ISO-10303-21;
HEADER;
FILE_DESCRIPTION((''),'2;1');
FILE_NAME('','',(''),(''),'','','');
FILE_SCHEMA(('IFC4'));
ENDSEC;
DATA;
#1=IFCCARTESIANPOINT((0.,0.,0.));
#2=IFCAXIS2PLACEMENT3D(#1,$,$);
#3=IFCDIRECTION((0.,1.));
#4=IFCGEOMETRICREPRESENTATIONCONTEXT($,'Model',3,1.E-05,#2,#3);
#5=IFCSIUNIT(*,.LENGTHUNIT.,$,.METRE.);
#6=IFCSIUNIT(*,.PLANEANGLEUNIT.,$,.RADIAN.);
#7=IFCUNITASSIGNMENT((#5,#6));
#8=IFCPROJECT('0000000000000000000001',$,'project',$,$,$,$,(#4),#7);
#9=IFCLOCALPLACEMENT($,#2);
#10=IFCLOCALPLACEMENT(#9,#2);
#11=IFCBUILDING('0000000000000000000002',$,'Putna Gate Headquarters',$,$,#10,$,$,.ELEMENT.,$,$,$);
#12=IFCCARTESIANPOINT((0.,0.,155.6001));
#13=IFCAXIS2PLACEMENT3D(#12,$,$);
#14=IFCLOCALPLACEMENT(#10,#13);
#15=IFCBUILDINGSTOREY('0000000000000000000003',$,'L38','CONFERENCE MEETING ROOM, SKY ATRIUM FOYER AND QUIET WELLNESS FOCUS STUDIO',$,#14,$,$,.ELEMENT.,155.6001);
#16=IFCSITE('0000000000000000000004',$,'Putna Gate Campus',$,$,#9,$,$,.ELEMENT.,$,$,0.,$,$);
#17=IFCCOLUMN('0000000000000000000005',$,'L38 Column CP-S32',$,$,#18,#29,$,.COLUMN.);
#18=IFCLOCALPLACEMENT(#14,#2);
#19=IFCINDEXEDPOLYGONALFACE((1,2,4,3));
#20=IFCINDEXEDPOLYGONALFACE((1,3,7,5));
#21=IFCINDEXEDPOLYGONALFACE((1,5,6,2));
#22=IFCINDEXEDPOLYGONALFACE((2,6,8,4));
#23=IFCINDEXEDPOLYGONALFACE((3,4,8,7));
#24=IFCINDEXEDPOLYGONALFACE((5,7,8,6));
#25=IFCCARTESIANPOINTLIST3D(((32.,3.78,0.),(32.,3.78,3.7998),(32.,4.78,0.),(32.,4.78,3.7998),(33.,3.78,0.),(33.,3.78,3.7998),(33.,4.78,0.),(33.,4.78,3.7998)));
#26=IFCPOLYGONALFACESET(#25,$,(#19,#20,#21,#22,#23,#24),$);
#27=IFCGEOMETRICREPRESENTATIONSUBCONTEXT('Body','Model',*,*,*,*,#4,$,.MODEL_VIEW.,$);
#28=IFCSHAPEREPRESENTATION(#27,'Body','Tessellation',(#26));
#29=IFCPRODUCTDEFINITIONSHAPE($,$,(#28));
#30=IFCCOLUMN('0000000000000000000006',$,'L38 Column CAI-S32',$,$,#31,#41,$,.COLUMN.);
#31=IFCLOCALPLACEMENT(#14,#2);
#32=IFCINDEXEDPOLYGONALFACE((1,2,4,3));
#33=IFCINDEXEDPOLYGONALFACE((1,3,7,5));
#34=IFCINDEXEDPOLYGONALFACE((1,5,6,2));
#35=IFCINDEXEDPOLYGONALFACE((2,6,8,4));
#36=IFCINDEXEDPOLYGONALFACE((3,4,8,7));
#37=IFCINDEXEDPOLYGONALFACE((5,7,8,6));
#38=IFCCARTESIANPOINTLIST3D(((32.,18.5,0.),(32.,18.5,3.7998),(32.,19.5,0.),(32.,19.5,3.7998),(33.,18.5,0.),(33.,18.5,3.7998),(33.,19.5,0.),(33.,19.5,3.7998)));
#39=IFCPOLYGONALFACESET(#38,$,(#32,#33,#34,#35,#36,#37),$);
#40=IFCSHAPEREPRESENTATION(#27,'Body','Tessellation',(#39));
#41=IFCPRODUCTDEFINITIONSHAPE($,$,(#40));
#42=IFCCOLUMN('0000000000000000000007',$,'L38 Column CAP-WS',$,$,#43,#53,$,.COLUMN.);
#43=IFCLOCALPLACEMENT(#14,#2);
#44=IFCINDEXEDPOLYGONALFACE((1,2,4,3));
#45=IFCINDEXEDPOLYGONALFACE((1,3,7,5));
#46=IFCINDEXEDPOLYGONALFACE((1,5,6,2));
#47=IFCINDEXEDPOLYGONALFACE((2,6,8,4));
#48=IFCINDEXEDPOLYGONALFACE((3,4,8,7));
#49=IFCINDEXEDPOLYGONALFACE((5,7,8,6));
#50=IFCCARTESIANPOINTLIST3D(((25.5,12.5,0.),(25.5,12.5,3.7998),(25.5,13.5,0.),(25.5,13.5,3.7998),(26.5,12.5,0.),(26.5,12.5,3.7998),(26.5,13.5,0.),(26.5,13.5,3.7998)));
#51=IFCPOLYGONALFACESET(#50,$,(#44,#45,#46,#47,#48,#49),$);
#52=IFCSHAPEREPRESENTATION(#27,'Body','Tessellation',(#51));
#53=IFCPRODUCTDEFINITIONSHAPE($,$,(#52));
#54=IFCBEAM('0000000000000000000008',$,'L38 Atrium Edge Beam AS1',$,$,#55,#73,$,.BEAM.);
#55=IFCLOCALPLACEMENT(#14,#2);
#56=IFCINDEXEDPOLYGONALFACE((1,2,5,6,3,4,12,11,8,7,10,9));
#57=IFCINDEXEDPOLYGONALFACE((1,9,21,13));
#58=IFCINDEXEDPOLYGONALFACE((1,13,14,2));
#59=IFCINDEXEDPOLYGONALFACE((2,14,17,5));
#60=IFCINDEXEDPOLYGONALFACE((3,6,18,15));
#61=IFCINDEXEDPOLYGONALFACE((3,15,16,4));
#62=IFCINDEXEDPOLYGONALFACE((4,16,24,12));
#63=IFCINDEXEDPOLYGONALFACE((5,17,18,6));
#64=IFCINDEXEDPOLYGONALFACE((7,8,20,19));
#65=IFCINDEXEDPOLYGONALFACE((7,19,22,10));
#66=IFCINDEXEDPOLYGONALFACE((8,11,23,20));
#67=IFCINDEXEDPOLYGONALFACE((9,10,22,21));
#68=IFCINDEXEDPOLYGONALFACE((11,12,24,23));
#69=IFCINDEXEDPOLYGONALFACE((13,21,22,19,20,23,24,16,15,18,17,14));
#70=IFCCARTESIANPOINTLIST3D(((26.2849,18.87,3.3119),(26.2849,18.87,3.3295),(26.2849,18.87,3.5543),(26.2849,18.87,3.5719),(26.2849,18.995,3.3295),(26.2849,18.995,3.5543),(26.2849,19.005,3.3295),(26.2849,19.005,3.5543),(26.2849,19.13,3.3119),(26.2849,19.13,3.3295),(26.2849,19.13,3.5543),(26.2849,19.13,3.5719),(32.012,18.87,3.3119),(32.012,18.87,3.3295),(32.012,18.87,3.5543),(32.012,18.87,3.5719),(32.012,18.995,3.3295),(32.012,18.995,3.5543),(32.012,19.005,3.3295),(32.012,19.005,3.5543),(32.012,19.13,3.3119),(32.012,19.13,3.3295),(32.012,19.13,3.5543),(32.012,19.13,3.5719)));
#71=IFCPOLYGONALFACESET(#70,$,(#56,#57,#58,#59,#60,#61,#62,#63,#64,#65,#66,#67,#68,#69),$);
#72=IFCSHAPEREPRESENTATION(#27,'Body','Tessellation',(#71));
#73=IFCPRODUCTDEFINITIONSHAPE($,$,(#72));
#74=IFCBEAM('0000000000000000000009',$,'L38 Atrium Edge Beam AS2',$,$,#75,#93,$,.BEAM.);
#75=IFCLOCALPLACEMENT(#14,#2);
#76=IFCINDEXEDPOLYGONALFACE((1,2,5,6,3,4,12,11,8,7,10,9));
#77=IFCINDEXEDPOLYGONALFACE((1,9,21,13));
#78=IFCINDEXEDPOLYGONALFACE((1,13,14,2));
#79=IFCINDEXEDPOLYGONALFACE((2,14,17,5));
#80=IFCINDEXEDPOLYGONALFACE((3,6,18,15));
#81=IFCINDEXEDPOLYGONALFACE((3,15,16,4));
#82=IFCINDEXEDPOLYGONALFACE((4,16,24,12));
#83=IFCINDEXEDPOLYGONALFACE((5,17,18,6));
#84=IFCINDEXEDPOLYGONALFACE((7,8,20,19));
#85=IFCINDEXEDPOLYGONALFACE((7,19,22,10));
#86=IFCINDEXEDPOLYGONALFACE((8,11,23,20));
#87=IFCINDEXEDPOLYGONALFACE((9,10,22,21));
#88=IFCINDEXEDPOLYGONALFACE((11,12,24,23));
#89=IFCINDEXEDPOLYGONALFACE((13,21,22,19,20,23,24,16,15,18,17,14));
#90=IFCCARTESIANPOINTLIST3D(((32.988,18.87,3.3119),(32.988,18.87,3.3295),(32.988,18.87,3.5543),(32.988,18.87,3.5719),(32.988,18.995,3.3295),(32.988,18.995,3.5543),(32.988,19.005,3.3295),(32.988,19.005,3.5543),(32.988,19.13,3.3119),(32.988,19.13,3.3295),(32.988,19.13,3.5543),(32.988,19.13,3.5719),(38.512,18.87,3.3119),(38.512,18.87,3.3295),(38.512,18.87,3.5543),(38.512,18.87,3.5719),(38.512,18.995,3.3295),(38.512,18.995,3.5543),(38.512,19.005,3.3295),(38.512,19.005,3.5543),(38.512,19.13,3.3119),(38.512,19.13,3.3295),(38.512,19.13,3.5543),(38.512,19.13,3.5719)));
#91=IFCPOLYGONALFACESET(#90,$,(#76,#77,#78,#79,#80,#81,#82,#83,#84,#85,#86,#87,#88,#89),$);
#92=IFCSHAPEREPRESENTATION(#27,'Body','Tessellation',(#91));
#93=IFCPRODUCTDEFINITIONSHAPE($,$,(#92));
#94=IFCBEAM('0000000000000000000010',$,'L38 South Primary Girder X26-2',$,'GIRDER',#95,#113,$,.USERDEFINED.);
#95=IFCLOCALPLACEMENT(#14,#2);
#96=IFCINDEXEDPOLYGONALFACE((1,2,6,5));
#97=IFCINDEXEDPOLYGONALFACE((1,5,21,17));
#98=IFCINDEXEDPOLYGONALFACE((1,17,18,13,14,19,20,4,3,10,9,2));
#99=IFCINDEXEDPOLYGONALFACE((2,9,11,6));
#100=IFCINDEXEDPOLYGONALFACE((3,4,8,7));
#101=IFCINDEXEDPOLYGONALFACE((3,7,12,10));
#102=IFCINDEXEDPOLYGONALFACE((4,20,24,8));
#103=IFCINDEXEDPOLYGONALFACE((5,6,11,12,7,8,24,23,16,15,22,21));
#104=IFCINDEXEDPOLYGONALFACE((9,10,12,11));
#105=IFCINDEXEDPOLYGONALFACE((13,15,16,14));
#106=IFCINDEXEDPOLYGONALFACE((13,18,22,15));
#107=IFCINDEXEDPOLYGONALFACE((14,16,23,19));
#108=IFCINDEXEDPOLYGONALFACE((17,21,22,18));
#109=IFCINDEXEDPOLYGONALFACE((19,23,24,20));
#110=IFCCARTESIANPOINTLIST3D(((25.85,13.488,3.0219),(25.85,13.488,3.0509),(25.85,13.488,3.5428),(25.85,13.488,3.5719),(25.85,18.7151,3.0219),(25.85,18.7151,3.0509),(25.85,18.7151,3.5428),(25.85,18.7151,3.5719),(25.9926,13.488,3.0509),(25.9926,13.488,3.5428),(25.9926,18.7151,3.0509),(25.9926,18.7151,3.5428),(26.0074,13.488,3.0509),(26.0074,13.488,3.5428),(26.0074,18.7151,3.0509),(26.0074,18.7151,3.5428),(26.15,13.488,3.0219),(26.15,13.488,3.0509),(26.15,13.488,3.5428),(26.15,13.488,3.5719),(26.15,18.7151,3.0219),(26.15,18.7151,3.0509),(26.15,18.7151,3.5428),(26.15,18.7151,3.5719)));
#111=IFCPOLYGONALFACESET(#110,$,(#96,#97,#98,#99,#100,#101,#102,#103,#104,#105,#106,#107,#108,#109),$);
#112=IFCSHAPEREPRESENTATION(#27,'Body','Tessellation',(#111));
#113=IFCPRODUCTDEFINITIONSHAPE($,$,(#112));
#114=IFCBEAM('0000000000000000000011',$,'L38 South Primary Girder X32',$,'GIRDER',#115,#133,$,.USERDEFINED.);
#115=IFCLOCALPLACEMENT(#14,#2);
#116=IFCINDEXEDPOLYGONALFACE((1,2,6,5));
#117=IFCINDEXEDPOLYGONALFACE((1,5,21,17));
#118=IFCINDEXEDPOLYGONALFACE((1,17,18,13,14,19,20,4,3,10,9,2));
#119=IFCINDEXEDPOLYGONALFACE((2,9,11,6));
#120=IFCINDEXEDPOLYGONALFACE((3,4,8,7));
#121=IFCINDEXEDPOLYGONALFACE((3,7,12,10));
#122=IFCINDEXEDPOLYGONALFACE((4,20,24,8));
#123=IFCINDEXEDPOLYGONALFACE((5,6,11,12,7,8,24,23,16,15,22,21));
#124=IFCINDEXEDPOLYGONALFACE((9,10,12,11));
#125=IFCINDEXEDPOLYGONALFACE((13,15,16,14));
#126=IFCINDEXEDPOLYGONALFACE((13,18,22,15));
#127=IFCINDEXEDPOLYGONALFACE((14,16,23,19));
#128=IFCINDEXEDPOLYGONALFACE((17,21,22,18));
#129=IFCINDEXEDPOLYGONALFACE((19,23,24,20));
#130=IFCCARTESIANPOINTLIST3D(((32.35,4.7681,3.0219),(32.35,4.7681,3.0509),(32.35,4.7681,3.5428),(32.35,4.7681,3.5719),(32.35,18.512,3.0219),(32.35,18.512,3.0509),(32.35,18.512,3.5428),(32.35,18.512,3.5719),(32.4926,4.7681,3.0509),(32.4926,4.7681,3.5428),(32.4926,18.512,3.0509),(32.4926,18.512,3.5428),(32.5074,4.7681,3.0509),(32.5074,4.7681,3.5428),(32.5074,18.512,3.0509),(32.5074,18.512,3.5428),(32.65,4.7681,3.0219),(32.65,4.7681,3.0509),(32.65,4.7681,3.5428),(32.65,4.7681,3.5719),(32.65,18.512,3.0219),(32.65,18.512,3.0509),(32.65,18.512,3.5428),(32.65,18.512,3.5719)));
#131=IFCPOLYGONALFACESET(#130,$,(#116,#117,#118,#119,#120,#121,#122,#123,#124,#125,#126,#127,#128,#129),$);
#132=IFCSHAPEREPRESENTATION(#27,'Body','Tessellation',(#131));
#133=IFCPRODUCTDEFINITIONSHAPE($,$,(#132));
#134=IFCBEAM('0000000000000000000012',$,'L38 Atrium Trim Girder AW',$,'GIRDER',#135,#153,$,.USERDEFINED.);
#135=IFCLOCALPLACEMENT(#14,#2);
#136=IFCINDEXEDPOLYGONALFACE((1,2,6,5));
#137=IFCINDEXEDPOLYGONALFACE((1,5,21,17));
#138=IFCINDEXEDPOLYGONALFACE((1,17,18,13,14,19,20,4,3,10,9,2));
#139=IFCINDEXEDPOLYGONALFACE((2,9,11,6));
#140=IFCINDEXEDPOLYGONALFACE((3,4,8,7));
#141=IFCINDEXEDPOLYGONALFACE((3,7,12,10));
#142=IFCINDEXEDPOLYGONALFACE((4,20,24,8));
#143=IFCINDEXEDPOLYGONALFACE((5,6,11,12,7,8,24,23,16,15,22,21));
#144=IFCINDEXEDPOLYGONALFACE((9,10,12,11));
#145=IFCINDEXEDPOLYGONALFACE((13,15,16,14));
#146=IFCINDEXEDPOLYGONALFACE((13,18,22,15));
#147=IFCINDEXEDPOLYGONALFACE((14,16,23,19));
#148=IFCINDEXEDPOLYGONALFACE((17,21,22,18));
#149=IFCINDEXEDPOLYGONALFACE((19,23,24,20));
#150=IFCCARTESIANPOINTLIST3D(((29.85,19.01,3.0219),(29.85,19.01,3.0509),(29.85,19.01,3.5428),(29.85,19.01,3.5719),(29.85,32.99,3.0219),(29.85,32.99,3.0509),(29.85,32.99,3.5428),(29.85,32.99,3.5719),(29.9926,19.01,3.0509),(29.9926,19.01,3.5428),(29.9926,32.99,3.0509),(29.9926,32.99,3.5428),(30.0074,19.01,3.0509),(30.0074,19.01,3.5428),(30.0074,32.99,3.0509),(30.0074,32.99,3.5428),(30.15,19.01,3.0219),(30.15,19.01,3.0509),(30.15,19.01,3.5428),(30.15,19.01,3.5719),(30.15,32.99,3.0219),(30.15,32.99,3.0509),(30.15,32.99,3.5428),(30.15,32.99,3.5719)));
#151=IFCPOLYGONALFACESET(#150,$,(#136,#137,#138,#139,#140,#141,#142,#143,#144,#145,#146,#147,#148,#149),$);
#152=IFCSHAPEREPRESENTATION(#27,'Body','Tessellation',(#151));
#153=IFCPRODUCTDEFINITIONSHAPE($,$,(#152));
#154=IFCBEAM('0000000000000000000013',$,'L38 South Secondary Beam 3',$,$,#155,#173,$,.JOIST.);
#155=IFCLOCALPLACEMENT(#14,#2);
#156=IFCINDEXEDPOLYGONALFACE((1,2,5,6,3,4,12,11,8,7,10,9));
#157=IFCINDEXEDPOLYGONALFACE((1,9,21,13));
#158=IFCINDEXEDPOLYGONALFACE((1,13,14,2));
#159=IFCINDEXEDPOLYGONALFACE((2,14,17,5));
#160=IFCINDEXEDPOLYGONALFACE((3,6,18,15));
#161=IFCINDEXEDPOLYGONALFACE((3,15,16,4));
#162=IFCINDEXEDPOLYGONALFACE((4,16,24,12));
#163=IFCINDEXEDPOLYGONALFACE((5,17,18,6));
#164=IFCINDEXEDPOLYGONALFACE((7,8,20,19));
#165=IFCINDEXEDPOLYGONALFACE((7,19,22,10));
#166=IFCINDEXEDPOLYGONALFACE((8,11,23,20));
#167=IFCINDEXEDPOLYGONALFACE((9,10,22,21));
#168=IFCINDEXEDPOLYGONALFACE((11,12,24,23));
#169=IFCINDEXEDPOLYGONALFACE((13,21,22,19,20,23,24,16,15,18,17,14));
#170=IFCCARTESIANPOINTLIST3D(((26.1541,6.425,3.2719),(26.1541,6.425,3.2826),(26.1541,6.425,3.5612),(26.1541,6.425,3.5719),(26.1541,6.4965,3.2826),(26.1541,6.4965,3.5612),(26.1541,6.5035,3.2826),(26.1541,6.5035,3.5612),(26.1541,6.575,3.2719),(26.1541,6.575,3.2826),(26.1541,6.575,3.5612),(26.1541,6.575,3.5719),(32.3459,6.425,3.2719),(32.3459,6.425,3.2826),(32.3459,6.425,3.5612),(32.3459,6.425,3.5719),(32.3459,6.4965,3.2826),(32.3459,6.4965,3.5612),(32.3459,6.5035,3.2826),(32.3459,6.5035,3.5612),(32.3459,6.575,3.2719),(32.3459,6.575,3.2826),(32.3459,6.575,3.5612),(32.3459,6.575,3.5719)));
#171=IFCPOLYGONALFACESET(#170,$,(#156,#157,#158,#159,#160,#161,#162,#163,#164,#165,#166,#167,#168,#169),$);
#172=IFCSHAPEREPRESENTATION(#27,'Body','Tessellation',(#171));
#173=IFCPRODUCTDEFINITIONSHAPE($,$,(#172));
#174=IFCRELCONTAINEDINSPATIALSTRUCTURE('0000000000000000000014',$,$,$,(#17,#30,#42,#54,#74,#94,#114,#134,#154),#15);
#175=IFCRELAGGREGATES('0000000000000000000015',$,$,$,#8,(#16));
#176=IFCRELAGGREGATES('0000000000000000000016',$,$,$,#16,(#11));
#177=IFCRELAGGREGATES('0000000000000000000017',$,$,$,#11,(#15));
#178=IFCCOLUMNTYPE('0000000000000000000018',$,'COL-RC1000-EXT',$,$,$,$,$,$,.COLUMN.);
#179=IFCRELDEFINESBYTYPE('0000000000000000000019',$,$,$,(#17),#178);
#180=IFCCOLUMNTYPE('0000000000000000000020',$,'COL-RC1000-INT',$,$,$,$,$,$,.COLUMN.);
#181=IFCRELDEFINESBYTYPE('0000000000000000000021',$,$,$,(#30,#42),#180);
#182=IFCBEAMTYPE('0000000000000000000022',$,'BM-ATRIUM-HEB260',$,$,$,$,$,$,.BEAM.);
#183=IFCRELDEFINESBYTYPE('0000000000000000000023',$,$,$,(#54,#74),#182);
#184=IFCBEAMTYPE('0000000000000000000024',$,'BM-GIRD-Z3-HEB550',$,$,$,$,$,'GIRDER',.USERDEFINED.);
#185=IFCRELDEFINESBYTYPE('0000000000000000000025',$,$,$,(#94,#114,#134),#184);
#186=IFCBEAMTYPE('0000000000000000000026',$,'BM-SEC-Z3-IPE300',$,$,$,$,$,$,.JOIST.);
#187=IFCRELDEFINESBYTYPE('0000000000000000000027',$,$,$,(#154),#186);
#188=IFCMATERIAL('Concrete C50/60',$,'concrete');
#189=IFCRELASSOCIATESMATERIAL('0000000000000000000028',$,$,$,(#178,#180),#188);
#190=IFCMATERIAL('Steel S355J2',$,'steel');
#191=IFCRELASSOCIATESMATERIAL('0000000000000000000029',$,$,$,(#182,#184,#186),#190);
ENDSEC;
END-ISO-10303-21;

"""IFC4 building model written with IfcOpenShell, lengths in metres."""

from ifc_helpers import new_model, si_unit, direction, frame, origin, origin_2d, place, context, subcontext, project, spatial, rectangle, i_section, extrude, material, material_profile, profile_set, type_object, element, save


model = new_model("IFC4")

# Units and contexts
model_context = context("Model", 3, precision=1e-05, world=origin(), true_north=direction((0.0, 1.0)))
body_context = subcontext(model_context, "Body", "Model", "MODEL_VIEW")
ifc_project = project(units=[si_unit("LENGTHUNIT", "METRE"), si_unit("PLANEANGLEUNIT", "RADIAN")], contexts=[model_context])

# Site, building, storey
site_placement = place(None, origin())
site = spatial("IfcSite", under=ifc_project, at=site_placement, Name="Putna Gate Campus", CompositionType="ELEMENT", RefElevation=0.0)
building_placement = place(site_placement, origin())
building = spatial("IfcBuilding", under=site, at=building_placement, Name="Putna Gate Headquarters", CompositionType="ELEMENT")
storey_placement = place(building_placement, frame((0.0, 0.0, 155.6001)))
storey = spatial("IfcBuildingStorey", under=building, at=storey_placement, Name="L38", Description="CONFERENCE MEETING ROOM, SKY ATRIUM FOYER AND QUIET WELLNESS FOCUS STUDIO", CompositionType="ELEMENT", Elevation=155.6001)

# Columns
ifc_material_1 = material(Name="Concrete C50/60", Category="concrete")
ifc_material_profile_1 = material_profile(ifc_material_1, rectangle(XDim=1.0, YDim=1.0, at=origin_2d()), Name="Concrete C50/60")
ifc_profile_set_1 = profile_set([ifc_material_profile_1], Name="Concrete C50/60")
column_type_1 = type_object("IfcColumnType", Name="COL-RC1000-EXT", PredefinedType="COLUMN", material=ifc_profile_set_1)
column_placement = place(storey_placement, frame((32.5, 4.28, 0.0), z_axis=(0.0, 0.0, 1.0), x_axis=(1.0, 0.0, 0.0)))
element("IfcColumn", 1, at=column_placement, inside=storey, type_object=column_type_1, Name="L38 Column CP-S32", PredefinedType="COLUMN", context=body_context, shape_type="SweptSolid", body=[
    extrude(rectangle(XDim=1.0, YDim=1.0, at=origin_2d()), origin(), (0.0, 0.0, 1.0), 3.7998),
])
ifc_material_profile_2 = material_profile(ifc_material_1, rectangle(XDim=1.0, YDim=1.0, at=origin_2d()), Name="Concrete C50/60")
ifc_profile_set_2 = profile_set([ifc_material_profile_2], Name="Concrete C50/60")
column_type_2 = type_object("IfcColumnType", Name="COL-RC1000-INT", PredefinedType="COLUMN", material=ifc_profile_set_2)
for number, where, z_axis, x_axis, name in (
    (2, (32.5, 19.0, 0.0), (0.0, 0.0, 1.0), (1.0, 0.0, 0.0), "L38 Column CAI-S32"),
    (3, (26.0, 13.0, 0.0), (0.0, 0.0, 1.0), (1.0, 0.0, 0.0), "L38 Column CAP-WS"),
):
    element("IfcColumn", number, at=place(storey_placement, frame(where, z_axis=z_axis, x_axis=x_axis)), inside=storey, type_object=column_type_2, Name=name, PredefinedType="COLUMN", context=body_context, shape_type="SweptSolid", body=[
        extrude(rectangle(XDim=1.0, YDim=1.0, at=origin_2d()), origin(), (0.0, 0.0, 1.0), 3.7998),
    ])

# Beams
ifc_material_2 = material(Name="Steel S355J2", Category="steel")
ifc_material_profile_3 = material_profile(ifc_material_2, i_section(OverallWidth=0.26, OverallDepth=0.26, WebThickness=0.01, FlangeThickness=0.0176, at=origin_2d()), Name="Steel S355J2")
ifc_profile_set_3 = profile_set([ifc_material_profile_3], Name="Steel S355J2")
beam_type_1 = type_object("IfcBeamType", Name="BM-ATRIUM-HEB260", PredefinedType="BEAM", material=ifc_profile_set_3)
beam_1_placement = place(storey_placement, frame((26.2849, 19.0, 3.4419), z_axis=(1.0, 0.0, 0.0), x_axis=(0.0, 1.0, 0.0)))
element("IfcBeam", 4, at=beam_1_placement, inside=storey, type_object=beam_type_1, Name="L38 Atrium Edge Beam AS1", PredefinedType="BEAM", context=body_context, shape_type="SweptSolid", body=[
    extrude(i_section(OverallWidth=0.26, OverallDepth=0.26, WebThickness=0.01, FlangeThickness=0.0176, at=origin_2d()), origin(), (0.0, 0.0, 1.0), 5.7271),
])
beam_2_placement = place(storey_placement, frame((32.988, 19.0, 3.4419), z_axis=(1.0, 0.0, 0.0), x_axis=(0.0, 1.0, 0.0)))
element("IfcBeam", 5, at=beam_2_placement, inside=storey, type_object=beam_type_1, Name="L38 Atrium Edge Beam AS2", PredefinedType="BEAM", context=body_context, shape_type="SweptSolid", body=[
    extrude(i_section(OverallWidth=0.26, OverallDepth=0.26, WebThickness=0.01, FlangeThickness=0.0176, at=origin_2d()), origin(), (0.0, 0.0, 1.0), 5.5239),
])
ifc_material_profile_4 = material_profile(ifc_material_2, i_section(OverallWidth=0.3, OverallDepth=0.55, WebThickness=0.0149, FlangeThickness=0.0291, at=origin_2d()), Name="Steel S355J2")
ifc_profile_set_4 = profile_set([ifc_material_profile_4], Name="Steel S355J2")
beam_type_2 = type_object("IfcBeamType", Name="BM-GIRD-Z3-HEB550", ElementType="GIRDER", PredefinedType="USERDEFINED", material=ifc_profile_set_4)
beam_3_placement = place(storey_placement, frame((26.0, 13.488, 3.2969), z_axis=(0.0, 1.0, 0.0), x_axis=(-1.0, 0.0, 0.0)))
element("IfcBeam", 6, at=beam_3_placement, inside=storey, type_object=beam_type_2, Name="L38 South Primary Girder X26-2", ObjectType="GIRDER", PredefinedType="USERDEFINED", context=body_context, shape_type="SweptSolid", body=[
    extrude(i_section(OverallWidth=0.3, OverallDepth=0.55, WebThickness=0.0149, FlangeThickness=0.0291, at=origin_2d()), origin(), (0.0, 0.0, 1.0), 5.2271),
])
beam_4_placement = place(storey_placement, frame((32.5, 4.7681, 3.2969), z_axis=(0.0, 1.0, 0.0), x_axis=(-1.0, 0.0, 0.0)))
element("IfcBeam", 7, at=beam_4_placement, inside=storey, type_object=beam_type_2, Name="L38 South Primary Girder X32", ObjectType="GIRDER", PredefinedType="USERDEFINED", context=body_context, shape_type="SweptSolid", body=[
    extrude(i_section(OverallWidth=0.3, OverallDepth=0.55, WebThickness=0.0149, FlangeThickness=0.0291, at=origin_2d()), origin(), (0.0, 0.0, 1.0), 13.7439),
])
beam_5_placement = place(storey_placement, frame((30.0, 19.01, 3.2969), z_axis=(0.0, 1.0, 0.0), x_axis=(-1.0, 0.0, 0.0)))
element("IfcBeam", 8, at=beam_5_placement, inside=storey, type_object=beam_type_2, Name="L38 Atrium Trim Girder AW", ObjectType="GIRDER", PredefinedType="USERDEFINED", context=body_context, shape_type="SweptSolid", body=[
    extrude(i_section(OverallWidth=0.3, OverallDepth=0.55, WebThickness=0.0149, FlangeThickness=0.0291, at=origin_2d()), origin(), (0.0, 0.0, 1.0), 13.98),
])
ifc_material_profile_5 = material_profile(ifc_material_2, i_section(OverallWidth=0.1499, OverallDepth=0.3, WebThickness=0.0071, FlangeThickness=0.0107, at=origin_2d()), Name="Steel S355J2")
ifc_profile_set_5 = profile_set([ifc_material_profile_5], Name="Steel S355J2")
beam_type_3 = type_object("IfcBeamType", Name="BM-SEC-Z3-IPE300", PredefinedType="JOIST", material=ifc_profile_set_5)
beam_6_placement = place(storey_placement, frame((26.1541, 6.5, 3.4219), z_axis=(1.0, 0.0, 0.0), x_axis=(0.0, 1.0, 0.0)))
element("IfcBeam", 9, at=beam_6_placement, inside=storey, type_object=beam_type_3, Name="L38 South Secondary Beam 3", PredefinedType="JOIST", context=body_context, shape_type="SweptSolid", body=[
    extrude(i_section(OverallWidth=0.1499, OverallDepth=0.3, WebThickness=0.0071, FlangeThickness=0.0107, at=origin_2d()), origin(), (0.0, 0.0, 1.0), 6.1919),
])

save(model, "model.ifc")
